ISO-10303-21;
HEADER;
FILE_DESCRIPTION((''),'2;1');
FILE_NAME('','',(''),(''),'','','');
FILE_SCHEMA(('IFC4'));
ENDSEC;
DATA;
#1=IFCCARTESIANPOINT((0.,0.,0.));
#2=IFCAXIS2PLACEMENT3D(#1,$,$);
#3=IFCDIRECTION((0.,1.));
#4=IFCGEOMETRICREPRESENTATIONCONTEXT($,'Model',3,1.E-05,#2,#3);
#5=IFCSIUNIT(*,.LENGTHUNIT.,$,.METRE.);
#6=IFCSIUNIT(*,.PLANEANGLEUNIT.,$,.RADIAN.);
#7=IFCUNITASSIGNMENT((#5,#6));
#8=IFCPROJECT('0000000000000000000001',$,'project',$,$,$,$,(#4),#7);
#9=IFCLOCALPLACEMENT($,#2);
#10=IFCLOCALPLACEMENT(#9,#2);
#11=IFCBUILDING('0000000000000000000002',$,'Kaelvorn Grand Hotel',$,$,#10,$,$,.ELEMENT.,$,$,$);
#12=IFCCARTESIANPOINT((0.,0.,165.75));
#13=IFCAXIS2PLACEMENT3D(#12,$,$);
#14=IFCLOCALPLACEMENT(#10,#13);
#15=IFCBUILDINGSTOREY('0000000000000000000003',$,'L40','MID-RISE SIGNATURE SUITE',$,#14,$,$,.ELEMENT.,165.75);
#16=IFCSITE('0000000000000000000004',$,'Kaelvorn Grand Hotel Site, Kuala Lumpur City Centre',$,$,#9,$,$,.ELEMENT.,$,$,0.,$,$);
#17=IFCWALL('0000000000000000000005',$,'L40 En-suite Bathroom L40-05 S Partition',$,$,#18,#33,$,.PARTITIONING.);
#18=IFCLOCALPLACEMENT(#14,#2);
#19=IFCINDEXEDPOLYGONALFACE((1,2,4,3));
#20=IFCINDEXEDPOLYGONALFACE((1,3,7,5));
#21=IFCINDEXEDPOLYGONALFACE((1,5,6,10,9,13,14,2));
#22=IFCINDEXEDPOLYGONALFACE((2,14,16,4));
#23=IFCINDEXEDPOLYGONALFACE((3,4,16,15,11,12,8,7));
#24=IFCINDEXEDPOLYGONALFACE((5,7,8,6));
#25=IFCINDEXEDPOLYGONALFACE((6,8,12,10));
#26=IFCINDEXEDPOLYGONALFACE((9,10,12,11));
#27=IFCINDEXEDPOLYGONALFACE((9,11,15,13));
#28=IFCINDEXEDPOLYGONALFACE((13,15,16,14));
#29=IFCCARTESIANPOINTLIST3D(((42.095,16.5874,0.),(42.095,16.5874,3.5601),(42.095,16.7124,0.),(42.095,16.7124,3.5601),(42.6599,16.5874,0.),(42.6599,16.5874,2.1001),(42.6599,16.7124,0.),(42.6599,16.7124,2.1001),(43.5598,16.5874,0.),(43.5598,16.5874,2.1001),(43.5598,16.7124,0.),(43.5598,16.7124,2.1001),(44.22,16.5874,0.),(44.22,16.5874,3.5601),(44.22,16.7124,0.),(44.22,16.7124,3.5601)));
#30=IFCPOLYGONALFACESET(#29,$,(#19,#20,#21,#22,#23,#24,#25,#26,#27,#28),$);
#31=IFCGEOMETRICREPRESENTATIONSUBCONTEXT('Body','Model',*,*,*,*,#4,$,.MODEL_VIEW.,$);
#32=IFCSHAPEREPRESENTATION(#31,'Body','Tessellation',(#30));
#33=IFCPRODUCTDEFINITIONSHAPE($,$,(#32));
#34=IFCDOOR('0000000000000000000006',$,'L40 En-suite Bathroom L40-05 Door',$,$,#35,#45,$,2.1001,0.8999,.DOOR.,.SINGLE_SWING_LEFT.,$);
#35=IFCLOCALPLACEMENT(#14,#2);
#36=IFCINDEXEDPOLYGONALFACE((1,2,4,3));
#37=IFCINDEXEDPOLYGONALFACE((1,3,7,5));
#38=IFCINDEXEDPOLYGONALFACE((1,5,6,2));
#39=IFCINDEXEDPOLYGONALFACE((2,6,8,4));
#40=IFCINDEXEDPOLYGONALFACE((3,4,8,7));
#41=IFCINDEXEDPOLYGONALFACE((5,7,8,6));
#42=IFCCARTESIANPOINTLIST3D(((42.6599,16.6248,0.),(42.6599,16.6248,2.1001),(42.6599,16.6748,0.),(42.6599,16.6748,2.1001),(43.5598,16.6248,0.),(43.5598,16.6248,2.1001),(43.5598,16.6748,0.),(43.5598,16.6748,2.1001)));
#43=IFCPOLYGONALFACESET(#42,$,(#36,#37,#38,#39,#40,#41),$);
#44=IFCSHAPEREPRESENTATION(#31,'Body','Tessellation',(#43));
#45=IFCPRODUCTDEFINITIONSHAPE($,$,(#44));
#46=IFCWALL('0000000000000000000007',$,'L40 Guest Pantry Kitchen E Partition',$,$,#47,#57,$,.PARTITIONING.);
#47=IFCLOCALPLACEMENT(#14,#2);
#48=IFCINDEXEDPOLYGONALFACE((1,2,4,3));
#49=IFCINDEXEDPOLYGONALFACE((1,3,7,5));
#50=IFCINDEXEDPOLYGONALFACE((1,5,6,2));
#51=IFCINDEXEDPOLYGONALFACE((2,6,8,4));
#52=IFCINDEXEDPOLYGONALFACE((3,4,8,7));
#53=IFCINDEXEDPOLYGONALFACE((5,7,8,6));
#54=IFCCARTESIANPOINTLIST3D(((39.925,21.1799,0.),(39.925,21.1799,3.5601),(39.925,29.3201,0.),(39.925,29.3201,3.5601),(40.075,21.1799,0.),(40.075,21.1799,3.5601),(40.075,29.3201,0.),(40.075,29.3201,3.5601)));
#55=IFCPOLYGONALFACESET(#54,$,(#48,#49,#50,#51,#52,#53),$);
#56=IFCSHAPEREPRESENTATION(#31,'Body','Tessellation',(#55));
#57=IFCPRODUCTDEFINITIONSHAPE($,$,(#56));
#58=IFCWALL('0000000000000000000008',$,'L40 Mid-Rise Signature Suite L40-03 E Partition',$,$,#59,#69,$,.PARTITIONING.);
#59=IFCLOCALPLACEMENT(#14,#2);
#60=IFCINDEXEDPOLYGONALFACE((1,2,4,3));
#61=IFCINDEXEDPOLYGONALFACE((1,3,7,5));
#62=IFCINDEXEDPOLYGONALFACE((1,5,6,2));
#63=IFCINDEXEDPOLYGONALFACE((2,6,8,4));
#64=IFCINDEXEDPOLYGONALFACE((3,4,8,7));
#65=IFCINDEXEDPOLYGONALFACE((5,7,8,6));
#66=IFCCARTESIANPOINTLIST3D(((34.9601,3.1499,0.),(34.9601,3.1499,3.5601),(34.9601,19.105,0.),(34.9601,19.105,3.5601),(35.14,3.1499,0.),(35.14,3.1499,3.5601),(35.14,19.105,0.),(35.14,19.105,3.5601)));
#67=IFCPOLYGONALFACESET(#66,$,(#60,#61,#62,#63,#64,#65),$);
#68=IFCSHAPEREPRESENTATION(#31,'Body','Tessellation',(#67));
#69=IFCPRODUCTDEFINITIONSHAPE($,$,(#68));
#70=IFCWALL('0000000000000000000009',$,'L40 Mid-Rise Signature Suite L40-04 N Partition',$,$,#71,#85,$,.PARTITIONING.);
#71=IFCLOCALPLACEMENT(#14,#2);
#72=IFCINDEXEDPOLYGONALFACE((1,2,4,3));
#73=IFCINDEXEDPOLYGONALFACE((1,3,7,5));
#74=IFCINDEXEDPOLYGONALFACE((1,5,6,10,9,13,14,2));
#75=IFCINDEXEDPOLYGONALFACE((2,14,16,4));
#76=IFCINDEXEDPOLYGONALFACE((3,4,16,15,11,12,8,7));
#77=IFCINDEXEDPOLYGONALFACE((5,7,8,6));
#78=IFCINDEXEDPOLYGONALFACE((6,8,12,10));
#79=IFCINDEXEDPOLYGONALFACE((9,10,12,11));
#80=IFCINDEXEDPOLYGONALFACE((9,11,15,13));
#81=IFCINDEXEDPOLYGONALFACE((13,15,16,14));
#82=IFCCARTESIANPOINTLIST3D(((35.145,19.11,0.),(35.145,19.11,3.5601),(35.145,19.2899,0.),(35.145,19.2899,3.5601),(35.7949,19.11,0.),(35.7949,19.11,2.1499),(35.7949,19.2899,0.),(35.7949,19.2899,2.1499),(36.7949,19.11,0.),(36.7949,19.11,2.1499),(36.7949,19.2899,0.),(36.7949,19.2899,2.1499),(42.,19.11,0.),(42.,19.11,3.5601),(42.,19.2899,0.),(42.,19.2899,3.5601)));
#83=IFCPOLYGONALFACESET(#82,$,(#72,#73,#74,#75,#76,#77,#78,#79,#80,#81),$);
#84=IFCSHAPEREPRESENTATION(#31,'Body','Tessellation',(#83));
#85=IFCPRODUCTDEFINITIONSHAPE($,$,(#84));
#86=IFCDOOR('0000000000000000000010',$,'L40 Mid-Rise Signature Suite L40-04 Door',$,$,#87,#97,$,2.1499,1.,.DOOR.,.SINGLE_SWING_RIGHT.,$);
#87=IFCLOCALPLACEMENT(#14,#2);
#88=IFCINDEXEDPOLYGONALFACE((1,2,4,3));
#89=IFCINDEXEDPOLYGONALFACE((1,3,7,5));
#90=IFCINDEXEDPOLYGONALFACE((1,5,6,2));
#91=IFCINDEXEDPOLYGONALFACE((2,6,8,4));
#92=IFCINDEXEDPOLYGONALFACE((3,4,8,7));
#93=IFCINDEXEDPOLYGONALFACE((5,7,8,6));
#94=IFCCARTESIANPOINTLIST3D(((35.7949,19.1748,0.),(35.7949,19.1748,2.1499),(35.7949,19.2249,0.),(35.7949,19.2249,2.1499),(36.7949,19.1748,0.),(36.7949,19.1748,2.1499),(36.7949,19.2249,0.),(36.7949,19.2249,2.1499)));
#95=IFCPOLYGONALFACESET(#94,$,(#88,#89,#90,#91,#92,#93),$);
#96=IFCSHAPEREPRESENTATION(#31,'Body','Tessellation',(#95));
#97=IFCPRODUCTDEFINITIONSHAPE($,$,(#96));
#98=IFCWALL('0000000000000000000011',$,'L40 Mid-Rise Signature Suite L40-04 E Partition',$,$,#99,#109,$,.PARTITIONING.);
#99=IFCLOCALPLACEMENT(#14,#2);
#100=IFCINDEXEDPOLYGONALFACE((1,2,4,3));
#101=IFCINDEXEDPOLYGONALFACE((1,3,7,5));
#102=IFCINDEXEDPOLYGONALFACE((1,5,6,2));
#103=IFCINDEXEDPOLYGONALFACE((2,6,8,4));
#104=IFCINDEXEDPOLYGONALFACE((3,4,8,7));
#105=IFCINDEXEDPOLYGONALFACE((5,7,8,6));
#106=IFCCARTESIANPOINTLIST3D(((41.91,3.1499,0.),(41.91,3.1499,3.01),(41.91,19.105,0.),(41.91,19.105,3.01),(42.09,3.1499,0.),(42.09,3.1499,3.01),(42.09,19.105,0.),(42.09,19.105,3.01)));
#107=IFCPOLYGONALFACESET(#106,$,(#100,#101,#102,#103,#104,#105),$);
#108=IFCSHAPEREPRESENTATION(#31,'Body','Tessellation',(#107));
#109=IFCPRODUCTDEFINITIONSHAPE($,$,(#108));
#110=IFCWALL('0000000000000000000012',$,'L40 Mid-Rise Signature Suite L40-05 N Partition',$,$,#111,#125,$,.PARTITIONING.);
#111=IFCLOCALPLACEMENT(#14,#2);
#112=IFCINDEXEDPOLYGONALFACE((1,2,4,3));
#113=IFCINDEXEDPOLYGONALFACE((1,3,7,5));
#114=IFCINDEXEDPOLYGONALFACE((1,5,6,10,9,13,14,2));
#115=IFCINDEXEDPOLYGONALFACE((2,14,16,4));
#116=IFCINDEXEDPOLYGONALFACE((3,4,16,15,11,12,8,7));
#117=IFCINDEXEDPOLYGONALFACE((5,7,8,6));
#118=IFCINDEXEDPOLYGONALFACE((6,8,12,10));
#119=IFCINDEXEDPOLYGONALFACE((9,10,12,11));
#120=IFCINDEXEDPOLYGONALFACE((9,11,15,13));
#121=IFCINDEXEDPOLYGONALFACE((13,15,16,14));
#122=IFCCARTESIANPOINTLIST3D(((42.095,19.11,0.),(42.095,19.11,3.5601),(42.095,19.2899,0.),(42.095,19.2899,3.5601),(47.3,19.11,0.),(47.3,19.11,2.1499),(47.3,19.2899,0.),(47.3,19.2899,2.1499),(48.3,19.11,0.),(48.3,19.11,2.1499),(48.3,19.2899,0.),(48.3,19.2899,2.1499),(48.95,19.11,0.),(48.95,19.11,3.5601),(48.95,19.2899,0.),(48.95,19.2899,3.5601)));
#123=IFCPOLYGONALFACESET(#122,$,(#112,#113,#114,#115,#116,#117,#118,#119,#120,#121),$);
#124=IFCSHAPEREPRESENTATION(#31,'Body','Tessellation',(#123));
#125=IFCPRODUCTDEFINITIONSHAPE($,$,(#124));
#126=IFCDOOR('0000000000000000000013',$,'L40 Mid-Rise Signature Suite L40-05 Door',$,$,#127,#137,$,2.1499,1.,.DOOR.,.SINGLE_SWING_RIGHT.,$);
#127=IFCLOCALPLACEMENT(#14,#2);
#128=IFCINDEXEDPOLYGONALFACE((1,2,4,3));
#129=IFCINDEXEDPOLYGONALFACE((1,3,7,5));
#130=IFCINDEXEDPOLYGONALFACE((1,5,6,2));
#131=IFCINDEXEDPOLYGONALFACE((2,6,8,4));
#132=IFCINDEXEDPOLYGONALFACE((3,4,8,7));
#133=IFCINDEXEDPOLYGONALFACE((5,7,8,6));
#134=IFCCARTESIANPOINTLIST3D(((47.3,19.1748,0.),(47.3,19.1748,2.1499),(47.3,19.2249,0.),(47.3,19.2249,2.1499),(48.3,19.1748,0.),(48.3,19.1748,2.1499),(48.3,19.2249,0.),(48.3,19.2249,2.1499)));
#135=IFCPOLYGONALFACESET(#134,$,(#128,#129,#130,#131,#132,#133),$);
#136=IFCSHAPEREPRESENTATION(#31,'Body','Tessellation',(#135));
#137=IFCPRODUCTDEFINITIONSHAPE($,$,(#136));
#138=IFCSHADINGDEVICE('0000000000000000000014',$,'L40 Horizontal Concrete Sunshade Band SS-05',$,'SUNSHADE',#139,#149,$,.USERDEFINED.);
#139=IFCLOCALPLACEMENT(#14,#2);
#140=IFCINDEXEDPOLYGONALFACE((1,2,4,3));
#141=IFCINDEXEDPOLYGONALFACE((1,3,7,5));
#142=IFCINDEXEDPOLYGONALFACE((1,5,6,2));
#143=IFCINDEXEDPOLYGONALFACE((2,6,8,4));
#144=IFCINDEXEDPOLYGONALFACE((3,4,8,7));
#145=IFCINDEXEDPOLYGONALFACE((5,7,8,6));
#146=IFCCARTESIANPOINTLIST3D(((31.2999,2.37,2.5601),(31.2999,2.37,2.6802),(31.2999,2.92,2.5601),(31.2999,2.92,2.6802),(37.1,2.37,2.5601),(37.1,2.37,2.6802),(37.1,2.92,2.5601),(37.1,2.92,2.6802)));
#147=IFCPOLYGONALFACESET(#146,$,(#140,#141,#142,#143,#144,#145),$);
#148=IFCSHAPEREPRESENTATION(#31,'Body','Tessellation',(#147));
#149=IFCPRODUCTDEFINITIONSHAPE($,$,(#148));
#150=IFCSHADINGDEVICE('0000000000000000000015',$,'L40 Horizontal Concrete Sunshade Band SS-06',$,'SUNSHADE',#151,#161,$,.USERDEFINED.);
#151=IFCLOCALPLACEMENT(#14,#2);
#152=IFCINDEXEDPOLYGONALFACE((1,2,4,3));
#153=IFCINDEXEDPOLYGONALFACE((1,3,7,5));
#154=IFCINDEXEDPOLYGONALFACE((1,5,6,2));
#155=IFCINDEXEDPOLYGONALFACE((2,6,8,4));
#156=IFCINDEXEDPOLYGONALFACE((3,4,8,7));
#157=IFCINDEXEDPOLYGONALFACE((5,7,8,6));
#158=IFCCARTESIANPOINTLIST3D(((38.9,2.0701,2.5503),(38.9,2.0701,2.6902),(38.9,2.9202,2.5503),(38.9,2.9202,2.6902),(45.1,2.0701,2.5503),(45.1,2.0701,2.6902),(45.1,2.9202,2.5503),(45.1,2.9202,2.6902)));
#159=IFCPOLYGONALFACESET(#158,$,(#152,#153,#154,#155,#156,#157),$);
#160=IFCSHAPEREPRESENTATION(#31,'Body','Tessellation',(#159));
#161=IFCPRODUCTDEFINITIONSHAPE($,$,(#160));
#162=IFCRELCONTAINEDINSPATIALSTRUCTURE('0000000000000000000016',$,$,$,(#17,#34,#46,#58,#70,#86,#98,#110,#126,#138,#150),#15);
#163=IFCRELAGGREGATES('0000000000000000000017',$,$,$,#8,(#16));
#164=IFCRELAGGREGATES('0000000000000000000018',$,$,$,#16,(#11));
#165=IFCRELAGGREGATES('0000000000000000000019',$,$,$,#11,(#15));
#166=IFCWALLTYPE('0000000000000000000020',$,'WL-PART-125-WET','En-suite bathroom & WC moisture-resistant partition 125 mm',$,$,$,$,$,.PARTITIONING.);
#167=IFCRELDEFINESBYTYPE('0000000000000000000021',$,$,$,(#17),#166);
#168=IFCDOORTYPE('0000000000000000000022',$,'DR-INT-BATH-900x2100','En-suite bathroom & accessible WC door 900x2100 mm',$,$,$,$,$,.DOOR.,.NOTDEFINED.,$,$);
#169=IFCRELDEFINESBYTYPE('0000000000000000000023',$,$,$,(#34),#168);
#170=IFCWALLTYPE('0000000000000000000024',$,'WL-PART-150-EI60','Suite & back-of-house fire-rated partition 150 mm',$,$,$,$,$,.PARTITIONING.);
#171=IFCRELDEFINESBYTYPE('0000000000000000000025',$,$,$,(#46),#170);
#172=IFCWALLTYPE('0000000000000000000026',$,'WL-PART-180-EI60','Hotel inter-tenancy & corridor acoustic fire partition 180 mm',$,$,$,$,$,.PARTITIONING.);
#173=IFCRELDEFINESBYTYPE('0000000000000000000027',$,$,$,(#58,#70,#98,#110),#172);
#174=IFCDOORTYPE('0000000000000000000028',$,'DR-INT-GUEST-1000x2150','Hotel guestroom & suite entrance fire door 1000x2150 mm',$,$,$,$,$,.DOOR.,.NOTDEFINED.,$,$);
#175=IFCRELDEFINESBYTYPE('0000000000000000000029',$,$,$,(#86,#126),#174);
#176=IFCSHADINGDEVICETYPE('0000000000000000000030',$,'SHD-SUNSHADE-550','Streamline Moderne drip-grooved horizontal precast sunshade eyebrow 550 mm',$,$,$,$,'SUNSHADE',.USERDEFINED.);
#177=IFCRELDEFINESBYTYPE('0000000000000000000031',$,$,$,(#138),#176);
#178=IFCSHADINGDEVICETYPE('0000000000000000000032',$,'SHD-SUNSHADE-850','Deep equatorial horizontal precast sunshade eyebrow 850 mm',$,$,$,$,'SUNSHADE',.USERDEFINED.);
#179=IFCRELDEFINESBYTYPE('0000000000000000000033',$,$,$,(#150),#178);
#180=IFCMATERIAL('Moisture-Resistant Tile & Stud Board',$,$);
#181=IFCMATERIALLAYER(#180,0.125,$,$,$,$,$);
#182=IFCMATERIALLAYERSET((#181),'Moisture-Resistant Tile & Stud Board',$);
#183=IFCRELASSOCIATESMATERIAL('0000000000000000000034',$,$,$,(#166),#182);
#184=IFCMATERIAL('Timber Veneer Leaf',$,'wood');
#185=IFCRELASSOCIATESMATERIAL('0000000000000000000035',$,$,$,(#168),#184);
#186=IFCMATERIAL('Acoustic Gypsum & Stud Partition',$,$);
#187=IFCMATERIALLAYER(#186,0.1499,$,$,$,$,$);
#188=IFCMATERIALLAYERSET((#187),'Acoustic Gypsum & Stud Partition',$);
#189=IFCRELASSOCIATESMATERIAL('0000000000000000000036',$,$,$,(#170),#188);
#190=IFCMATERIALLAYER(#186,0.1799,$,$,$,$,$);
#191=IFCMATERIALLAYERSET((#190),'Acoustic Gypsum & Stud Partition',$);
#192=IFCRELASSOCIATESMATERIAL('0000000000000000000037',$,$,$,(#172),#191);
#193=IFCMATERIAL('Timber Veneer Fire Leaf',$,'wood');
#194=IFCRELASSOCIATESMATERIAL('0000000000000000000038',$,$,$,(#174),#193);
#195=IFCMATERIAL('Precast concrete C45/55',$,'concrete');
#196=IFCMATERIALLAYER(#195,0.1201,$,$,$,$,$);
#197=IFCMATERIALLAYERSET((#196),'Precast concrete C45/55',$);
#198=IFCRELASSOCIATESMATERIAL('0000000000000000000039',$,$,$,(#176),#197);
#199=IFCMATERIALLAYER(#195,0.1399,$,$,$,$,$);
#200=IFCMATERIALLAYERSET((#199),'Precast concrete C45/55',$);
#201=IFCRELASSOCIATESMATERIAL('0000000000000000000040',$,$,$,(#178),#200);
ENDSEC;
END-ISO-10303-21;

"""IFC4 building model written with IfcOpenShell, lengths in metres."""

from ifc_helpers import new_model, si_unit, direction, frame, frame_2d, origin, origin_2d, place, context, subcontext, project, spatial, rectangle, extrude, material, layer, layer_set, type_object, element, fill, save


model = new_model("IFC4")

# Units and contexts
model_context = context("Model", 3, precision=1e-05, world=origin(), true_north=direction((0.0, 1.0)))
body_context = subcontext(model_context, "Body", "Model", "MODEL_VIEW")
ifc_project = project(units=[si_unit("LENGTHUNIT", "METRE"), si_unit("PLANEANGLEUNIT", "RADIAN")], contexts=[model_context])

# Site, building, storey
site_placement = place(None, origin())
site = spatial("IfcSite", under=ifc_project, at=site_placement, Name="Kaelvorn Grand Hotel Site, Kuala Lumpur City Centre", CompositionType="ELEMENT", RefElevation=0.0)
building_placement = place(site_placement, origin())
building = spatial("IfcBuilding", under=site, at=building_placement, Name="Kaelvorn Grand Hotel", CompositionType="ELEMENT")
storey_placement = place(building_placement, frame((0.0, 0.0, 165.75)))
storey = spatial("IfcBuildingStorey", under=building, at=storey_placement, Name="L40", Description="MID-RISE SIGNATURE SUITE", CompositionType="ELEMENT", Elevation=165.75)

# Shared definitions
ifc_material_1 = material(Name="Moisture-Resistant Tile & Stud Board")
ifc_layer_1 = layer(ifc_material_1, 0.125)
ifc_layer_set_1 = layer_set([ifc_layer_1], Name="Moisture-Resistant Tile & Stud Board")
wall_type_1 = type_object("IfcWallType", Name="WL-PART-125-WET", Description="En-suite bathroom & WC moisture-resistant partition 125 mm", PredefinedType="PARTITIONING", material=ifc_layer_set_1)
ifc_material_2 = material(Name="Timber Veneer Leaf", Category="wood")
door_type_1 = type_object("IfcDoorType", Name="DR-INT-BATH-900x2100", Description="En-suite bathroom & accessible WC door 900x2100 mm", OperationType="NOTDEFINED", PredefinedType="DOOR", material=ifc_material_2)

# Wall, opening, door
wall_1_placement = place(storey_placement, frame((42.095, 16.6499, 0.0), z_axis=(0.0, 0.0, 1.0), x_axis=(1.0, 0.0, 0.0)))
wall_1 = element("IfcWall", 1, at=wall_1_placement, inside=storey, type_object=wall_type_1, Name="L40 En-suite Bathroom L40-05 S Partition", PredefinedType="PARTITIONING", context=body_context, shape_type="SweptSolid", body=[
    extrude(rectangle(XDim=2.125, YDim=0.125, at=frame_2d((1.0625, 0.0))), origin(), (0.0, 0.0, 1.0), 3.5601),
])
opening_1_placement = place(wall_1_placement, frame((0.5649, 0.0, 0.0)))
opening_1 = element("IfcOpeningElement", 2, at=opening_1_placement, cuts=wall_1, PredefinedType="OPENING", context=body_context, shape_type="SweptSolid", body=[
    extrude(rectangle(XDim=0.8999, YDim=2.1001, at=frame_2d((0.45, 1.05))), frame((0.0, 0.0725, 0.0), z_axis=(0.0, -1.0, 0.0), x_axis=(1.0, 0.0, 0.0)), (0.0, 0.0, 1.0), 0.145),
])
door_1_placement = place(opening_1_placement, origin())
door_1 = element("IfcDoor", 3, at=door_1_placement, inside=storey, type_object=door_type_1, Name="L40 En-suite Bathroom L40-05 Door", OperationType="SINGLE_SWING_LEFT", OverallHeight=2.1001, OverallWidth=0.8999, PredefinedType="DOOR", context=body_context, shape_type="SweptSolid", body=[
    extrude(rectangle(XDim=0.8999, YDim=2.1001, at=frame_2d((0.45, 1.05))), frame((0.0, 0.0249, 0.0), z_axis=(0.0, -1.0, 0.0), x_axis=(1.0, 0.0, 0.0)), (0.0, 0.0, 1.0), 0.05),
])
fill(opening_1, door_1)

# Walls
ifc_material_3 = material(Name="Acoustic Gypsum & Stud Partition")
ifc_layer_2 = layer(ifc_material_3, 0.1499)
ifc_layer_set_2 = layer_set([ifc_layer_2], Name="Acoustic Gypsum & Stud Partition")
wall_type_2 = type_object("IfcWallType", Name="WL-PART-150-EI60", Description="Suite & back-of-house fire-rated partition 150 mm", PredefinedType="PARTITIONING", material=ifc_layer_set_2)
wall_2_placement = place(storey_placement, frame((40.0, 21.1799, 0.0), z_axis=(0.0, 0.0, 1.0), x_axis=(0.0, 1.0, 0.0)))
element("IfcWall", 4, at=wall_2_placement, inside=storey, type_object=wall_type_2, Name="L40 Guest Pantry Kitchen E Partition", PredefinedType="PARTITIONING", context=body_context, shape_type="SweptSolid", body=[
    extrude(rectangle(XDim=8.1401, YDim=0.1499, at=frame_2d((4.0701, 0.0))), origin(), (0.0, 0.0, 1.0), 3.5601),
])
ifc_layer_3 = layer(ifc_material_3, 0.1799)
ifc_layer_set_3 = layer_set([ifc_layer_3], Name="Acoustic Gypsum & Stud Partition")
wall_type_3 = type_object("IfcWallType", Name="WL-PART-180-EI60", Description="Hotel inter-tenancy & corridor acoustic fire partition 180 mm", PredefinedType="PARTITIONING", material=ifc_layer_set_3)
wall_3_placement = place(storey_placement, frame((35.05, 3.1499, 0.0), z_axis=(0.0, 0.0, 1.0), x_axis=(0.0, 1.0, 0.0)))
element("IfcWall", 5, at=wall_3_placement, inside=storey, type_object=wall_type_3, Name="L40 Mid-Rise Signature Suite L40-03 E Partition", PredefinedType="PARTITIONING", context=body_context, shape_type="SweptSolid", body=[
    extrude(rectangle(XDim=15.9551, YDim=0.1799, at=frame_2d((7.9775, 0.0))), origin(), (0.0, 0.0, 1.0), 3.5601),
])

# Wall, opening, door
wall_4_placement = place(storey_placement, frame((35.145, 19.2, 0.0), z_axis=(0.0, 0.0, 1.0), x_axis=(1.0, 0.0, 0.0)))
wall_4 = element("IfcWall", 6, at=wall_4_placement, inside=storey, type_object=wall_type_3, Name="L40 Mid-Rise Signature Suite L40-04 N Partition", PredefinedType="PARTITIONING", context=body_context, shape_type="SweptSolid", body=[
    extrude(rectangle(XDim=6.855, YDim=0.1799, at=frame_2d((3.4275, 0.0))), origin(), (0.0, 0.0, 1.0), 3.5601),
])
opening_2_placement = place(wall_4_placement, frame((0.6499, 0.0, 0.0)))
opening_2 = element("IfcOpeningElement", 7, at=opening_2_placement, cuts=wall_4, PredefinedType="OPENING", context=body_context, shape_type="SweptSolid", body=[
    extrude(rectangle(XDim=1.0, YDim=2.1499, at=frame_2d((0.5, 1.075))), frame((0.0, 0.1001, 0.0), z_axis=(0.0, -1.0, 0.0), x_axis=(1.0, 0.0, 0.0)), (0.0, 0.0, 1.0), 0.2),
])
ifc_material_4 = material(Name="Timber Veneer Fire Leaf", Category="wood")
door_type_2 = type_object("IfcDoorType", Name="DR-INT-GUEST-1000x2150", Description="Hotel guestroom & suite entrance fire door 1000x2150 mm", OperationType="NOTDEFINED", PredefinedType="DOOR", material=ifc_material_4)
door_2_placement = place(opening_2_placement, origin())
door_2 = element("IfcDoor", 8, at=door_2_placement, inside=storey, type_object=door_type_2, Name="L40 Mid-Rise Signature Suite L40-04 Door", OperationType="SINGLE_SWING_RIGHT", OverallHeight=2.1499, OverallWidth=1.0, PredefinedType="DOOR", context=body_context, shape_type="SweptSolid", body=[
    extrude(rectangle(XDim=1.0, YDim=2.1499, at=frame_2d((0.5, 1.075))), frame((0.0, 0.0249, 0.0), z_axis=(0.0, -1.0, 0.0), x_axis=(1.0, 0.0, 0.0)), (0.0, 0.0, 1.0), 0.05),
])
fill(opening_2, door_2)

# Wall
wall_5_placement = place(storey_placement, frame((42.0, 3.1499, 0.0), z_axis=(0.0, 0.0, 1.0), x_axis=(0.0, 1.0, 0.0)))
element("IfcWall", 9, at=wall_5_placement, inside=storey, type_object=wall_type_3, Name="L40 Mid-Rise Signature Suite L40-04 E Partition", PredefinedType="PARTITIONING", context=body_context, shape_type="SweptSolid", body=[
    extrude(rectangle(XDim=15.9551, YDim=0.1799, at=frame_2d((7.9775, 0.0))), origin(), (0.0, 0.0, 1.0), 3.01),
])

# Wall, opening, door
wall_6_placement = place(storey_placement, frame((42.095, 19.2, 0.0), z_axis=(0.0, 0.0, 1.0), x_axis=(1.0, 0.0, 0.0)))
wall_6 = element("IfcWall", 10, at=wall_6_placement, inside=storey, type_object=wall_type_3, Name="L40 Mid-Rise Signature Suite L40-05 N Partition", PredefinedType="PARTITIONING", context=body_context, shape_type="SweptSolid", body=[
    extrude(rectangle(XDim=6.855, YDim=0.1799, at=frame_2d((3.4275, 0.0))), origin(), (0.0, 0.0, 1.0), 3.5601),
])
opening_3_placement = place(wall_6_placement, frame((5.2051, 0.0, 0.0)))
opening_3 = element("IfcOpeningElement", 11, at=opening_3_placement, cuts=wall_6, PredefinedType="OPENING", context=body_context, shape_type="SweptSolid", body=[
    extrude(rectangle(XDim=1.0, YDim=2.1499, at=frame_2d((0.5, 1.075))), frame((0.0, 0.1001, 0.0), z_axis=(0.0, -1.0, 0.0), x_axis=(1.0, 0.0, 0.0)), (0.0, 0.0, 1.0), 0.2),
])
door_3_placement = place(opening_3_placement, origin())
door_3 = element("IfcDoor", 12, at=door_3_placement, inside=storey, type_object=door_type_2, Name="L40 Mid-Rise Signature Suite L40-05 Door", OperationType="SINGLE_SWING_RIGHT", OverallHeight=2.1499, OverallWidth=1.0, PredefinedType="DOOR", context=body_context, shape_type="SweptSolid", body=[
    extrude(rectangle(XDim=1.0, YDim=2.1499, at=frame_2d((0.5, 1.075))), frame((0.0, 0.0249, 0.0), z_axis=(0.0, -1.0, 0.0), x_axis=(1.0, 0.0, 0.0)), (0.0, 0.0, 1.0), 0.05),
])
fill(opening_3, door_3)

# Shading devices
ifc_material_5 = material(Name="Precast concrete C45/55", Category="concrete")
ifc_layer_4 = layer(ifc_material_5, 0.1201)
ifc_layer_set_4 = layer_set([ifc_layer_4], Name="Precast concrete C45/55")
shading_device_type_1 = type_object("IfcShadingDeviceType", Name="SHD-SUNSHADE-550", Description="Streamline Moderne drip-grooved horizontal precast sunshade eyebrow 550 mm", ElementType="SUNSHADE", PredefinedType="USERDEFINED", material=ifc_layer_set_4)
shading_device_1_placement = place(storey_placement, frame((34.2, 2.645, 2.5601), z_axis=(0.0, 0.0, 1.0), x_axis=(1.0, 0.0, 0.0)))
element("IfcShadingDevice", 13, at=shading_device_1_placement, inside=storey, type_object=shading_device_type_1, Name="L40 Horizontal Concrete Sunshade Band SS-05", ObjectType="SUNSHADE", PredefinedType="USERDEFINED", context=body_context, shape_type="SweptSolid", body=[
    extrude(rectangle(XDim=5.8, YDim=0.55, at=origin_2d()), origin(), (0.0, 0.0, 1.0), 0.1201),
])
ifc_layer_5 = layer(ifc_material_5, 0.1399)
ifc_layer_set_5 = layer_set([ifc_layer_5], Name="Precast concrete C45/55")
shading_device_type_2 = type_object("IfcShadingDeviceType", Name="SHD-SUNSHADE-850", Description="Deep equatorial horizontal precast sunshade eyebrow 850 mm", ElementType="SUNSHADE", PredefinedType="USERDEFINED", material=ifc_layer_set_5)
shading_device_2_placement = place(storey_placement, frame((42.0, 2.4951, 2.5503), z_axis=(0.0, 0.0, 1.0), x_axis=(1.0, 0.0, 0.0)))
element("IfcShadingDevice", 14, at=shading_device_2_placement, inside=storey, type_object=shading_device_type_2, Name="L40 Horizontal Concrete Sunshade Band SS-06", ObjectType="SUNSHADE", PredefinedType="USERDEFINED", context=body_context, shape_type="SweptSolid", body=[
    extrude(rectangle(XDim=6.2, YDim=0.8501, at=origin_2d()), origin(), (0.0, 0.0, 1.0), 0.1399),
])

save(model, "model.ifc")
